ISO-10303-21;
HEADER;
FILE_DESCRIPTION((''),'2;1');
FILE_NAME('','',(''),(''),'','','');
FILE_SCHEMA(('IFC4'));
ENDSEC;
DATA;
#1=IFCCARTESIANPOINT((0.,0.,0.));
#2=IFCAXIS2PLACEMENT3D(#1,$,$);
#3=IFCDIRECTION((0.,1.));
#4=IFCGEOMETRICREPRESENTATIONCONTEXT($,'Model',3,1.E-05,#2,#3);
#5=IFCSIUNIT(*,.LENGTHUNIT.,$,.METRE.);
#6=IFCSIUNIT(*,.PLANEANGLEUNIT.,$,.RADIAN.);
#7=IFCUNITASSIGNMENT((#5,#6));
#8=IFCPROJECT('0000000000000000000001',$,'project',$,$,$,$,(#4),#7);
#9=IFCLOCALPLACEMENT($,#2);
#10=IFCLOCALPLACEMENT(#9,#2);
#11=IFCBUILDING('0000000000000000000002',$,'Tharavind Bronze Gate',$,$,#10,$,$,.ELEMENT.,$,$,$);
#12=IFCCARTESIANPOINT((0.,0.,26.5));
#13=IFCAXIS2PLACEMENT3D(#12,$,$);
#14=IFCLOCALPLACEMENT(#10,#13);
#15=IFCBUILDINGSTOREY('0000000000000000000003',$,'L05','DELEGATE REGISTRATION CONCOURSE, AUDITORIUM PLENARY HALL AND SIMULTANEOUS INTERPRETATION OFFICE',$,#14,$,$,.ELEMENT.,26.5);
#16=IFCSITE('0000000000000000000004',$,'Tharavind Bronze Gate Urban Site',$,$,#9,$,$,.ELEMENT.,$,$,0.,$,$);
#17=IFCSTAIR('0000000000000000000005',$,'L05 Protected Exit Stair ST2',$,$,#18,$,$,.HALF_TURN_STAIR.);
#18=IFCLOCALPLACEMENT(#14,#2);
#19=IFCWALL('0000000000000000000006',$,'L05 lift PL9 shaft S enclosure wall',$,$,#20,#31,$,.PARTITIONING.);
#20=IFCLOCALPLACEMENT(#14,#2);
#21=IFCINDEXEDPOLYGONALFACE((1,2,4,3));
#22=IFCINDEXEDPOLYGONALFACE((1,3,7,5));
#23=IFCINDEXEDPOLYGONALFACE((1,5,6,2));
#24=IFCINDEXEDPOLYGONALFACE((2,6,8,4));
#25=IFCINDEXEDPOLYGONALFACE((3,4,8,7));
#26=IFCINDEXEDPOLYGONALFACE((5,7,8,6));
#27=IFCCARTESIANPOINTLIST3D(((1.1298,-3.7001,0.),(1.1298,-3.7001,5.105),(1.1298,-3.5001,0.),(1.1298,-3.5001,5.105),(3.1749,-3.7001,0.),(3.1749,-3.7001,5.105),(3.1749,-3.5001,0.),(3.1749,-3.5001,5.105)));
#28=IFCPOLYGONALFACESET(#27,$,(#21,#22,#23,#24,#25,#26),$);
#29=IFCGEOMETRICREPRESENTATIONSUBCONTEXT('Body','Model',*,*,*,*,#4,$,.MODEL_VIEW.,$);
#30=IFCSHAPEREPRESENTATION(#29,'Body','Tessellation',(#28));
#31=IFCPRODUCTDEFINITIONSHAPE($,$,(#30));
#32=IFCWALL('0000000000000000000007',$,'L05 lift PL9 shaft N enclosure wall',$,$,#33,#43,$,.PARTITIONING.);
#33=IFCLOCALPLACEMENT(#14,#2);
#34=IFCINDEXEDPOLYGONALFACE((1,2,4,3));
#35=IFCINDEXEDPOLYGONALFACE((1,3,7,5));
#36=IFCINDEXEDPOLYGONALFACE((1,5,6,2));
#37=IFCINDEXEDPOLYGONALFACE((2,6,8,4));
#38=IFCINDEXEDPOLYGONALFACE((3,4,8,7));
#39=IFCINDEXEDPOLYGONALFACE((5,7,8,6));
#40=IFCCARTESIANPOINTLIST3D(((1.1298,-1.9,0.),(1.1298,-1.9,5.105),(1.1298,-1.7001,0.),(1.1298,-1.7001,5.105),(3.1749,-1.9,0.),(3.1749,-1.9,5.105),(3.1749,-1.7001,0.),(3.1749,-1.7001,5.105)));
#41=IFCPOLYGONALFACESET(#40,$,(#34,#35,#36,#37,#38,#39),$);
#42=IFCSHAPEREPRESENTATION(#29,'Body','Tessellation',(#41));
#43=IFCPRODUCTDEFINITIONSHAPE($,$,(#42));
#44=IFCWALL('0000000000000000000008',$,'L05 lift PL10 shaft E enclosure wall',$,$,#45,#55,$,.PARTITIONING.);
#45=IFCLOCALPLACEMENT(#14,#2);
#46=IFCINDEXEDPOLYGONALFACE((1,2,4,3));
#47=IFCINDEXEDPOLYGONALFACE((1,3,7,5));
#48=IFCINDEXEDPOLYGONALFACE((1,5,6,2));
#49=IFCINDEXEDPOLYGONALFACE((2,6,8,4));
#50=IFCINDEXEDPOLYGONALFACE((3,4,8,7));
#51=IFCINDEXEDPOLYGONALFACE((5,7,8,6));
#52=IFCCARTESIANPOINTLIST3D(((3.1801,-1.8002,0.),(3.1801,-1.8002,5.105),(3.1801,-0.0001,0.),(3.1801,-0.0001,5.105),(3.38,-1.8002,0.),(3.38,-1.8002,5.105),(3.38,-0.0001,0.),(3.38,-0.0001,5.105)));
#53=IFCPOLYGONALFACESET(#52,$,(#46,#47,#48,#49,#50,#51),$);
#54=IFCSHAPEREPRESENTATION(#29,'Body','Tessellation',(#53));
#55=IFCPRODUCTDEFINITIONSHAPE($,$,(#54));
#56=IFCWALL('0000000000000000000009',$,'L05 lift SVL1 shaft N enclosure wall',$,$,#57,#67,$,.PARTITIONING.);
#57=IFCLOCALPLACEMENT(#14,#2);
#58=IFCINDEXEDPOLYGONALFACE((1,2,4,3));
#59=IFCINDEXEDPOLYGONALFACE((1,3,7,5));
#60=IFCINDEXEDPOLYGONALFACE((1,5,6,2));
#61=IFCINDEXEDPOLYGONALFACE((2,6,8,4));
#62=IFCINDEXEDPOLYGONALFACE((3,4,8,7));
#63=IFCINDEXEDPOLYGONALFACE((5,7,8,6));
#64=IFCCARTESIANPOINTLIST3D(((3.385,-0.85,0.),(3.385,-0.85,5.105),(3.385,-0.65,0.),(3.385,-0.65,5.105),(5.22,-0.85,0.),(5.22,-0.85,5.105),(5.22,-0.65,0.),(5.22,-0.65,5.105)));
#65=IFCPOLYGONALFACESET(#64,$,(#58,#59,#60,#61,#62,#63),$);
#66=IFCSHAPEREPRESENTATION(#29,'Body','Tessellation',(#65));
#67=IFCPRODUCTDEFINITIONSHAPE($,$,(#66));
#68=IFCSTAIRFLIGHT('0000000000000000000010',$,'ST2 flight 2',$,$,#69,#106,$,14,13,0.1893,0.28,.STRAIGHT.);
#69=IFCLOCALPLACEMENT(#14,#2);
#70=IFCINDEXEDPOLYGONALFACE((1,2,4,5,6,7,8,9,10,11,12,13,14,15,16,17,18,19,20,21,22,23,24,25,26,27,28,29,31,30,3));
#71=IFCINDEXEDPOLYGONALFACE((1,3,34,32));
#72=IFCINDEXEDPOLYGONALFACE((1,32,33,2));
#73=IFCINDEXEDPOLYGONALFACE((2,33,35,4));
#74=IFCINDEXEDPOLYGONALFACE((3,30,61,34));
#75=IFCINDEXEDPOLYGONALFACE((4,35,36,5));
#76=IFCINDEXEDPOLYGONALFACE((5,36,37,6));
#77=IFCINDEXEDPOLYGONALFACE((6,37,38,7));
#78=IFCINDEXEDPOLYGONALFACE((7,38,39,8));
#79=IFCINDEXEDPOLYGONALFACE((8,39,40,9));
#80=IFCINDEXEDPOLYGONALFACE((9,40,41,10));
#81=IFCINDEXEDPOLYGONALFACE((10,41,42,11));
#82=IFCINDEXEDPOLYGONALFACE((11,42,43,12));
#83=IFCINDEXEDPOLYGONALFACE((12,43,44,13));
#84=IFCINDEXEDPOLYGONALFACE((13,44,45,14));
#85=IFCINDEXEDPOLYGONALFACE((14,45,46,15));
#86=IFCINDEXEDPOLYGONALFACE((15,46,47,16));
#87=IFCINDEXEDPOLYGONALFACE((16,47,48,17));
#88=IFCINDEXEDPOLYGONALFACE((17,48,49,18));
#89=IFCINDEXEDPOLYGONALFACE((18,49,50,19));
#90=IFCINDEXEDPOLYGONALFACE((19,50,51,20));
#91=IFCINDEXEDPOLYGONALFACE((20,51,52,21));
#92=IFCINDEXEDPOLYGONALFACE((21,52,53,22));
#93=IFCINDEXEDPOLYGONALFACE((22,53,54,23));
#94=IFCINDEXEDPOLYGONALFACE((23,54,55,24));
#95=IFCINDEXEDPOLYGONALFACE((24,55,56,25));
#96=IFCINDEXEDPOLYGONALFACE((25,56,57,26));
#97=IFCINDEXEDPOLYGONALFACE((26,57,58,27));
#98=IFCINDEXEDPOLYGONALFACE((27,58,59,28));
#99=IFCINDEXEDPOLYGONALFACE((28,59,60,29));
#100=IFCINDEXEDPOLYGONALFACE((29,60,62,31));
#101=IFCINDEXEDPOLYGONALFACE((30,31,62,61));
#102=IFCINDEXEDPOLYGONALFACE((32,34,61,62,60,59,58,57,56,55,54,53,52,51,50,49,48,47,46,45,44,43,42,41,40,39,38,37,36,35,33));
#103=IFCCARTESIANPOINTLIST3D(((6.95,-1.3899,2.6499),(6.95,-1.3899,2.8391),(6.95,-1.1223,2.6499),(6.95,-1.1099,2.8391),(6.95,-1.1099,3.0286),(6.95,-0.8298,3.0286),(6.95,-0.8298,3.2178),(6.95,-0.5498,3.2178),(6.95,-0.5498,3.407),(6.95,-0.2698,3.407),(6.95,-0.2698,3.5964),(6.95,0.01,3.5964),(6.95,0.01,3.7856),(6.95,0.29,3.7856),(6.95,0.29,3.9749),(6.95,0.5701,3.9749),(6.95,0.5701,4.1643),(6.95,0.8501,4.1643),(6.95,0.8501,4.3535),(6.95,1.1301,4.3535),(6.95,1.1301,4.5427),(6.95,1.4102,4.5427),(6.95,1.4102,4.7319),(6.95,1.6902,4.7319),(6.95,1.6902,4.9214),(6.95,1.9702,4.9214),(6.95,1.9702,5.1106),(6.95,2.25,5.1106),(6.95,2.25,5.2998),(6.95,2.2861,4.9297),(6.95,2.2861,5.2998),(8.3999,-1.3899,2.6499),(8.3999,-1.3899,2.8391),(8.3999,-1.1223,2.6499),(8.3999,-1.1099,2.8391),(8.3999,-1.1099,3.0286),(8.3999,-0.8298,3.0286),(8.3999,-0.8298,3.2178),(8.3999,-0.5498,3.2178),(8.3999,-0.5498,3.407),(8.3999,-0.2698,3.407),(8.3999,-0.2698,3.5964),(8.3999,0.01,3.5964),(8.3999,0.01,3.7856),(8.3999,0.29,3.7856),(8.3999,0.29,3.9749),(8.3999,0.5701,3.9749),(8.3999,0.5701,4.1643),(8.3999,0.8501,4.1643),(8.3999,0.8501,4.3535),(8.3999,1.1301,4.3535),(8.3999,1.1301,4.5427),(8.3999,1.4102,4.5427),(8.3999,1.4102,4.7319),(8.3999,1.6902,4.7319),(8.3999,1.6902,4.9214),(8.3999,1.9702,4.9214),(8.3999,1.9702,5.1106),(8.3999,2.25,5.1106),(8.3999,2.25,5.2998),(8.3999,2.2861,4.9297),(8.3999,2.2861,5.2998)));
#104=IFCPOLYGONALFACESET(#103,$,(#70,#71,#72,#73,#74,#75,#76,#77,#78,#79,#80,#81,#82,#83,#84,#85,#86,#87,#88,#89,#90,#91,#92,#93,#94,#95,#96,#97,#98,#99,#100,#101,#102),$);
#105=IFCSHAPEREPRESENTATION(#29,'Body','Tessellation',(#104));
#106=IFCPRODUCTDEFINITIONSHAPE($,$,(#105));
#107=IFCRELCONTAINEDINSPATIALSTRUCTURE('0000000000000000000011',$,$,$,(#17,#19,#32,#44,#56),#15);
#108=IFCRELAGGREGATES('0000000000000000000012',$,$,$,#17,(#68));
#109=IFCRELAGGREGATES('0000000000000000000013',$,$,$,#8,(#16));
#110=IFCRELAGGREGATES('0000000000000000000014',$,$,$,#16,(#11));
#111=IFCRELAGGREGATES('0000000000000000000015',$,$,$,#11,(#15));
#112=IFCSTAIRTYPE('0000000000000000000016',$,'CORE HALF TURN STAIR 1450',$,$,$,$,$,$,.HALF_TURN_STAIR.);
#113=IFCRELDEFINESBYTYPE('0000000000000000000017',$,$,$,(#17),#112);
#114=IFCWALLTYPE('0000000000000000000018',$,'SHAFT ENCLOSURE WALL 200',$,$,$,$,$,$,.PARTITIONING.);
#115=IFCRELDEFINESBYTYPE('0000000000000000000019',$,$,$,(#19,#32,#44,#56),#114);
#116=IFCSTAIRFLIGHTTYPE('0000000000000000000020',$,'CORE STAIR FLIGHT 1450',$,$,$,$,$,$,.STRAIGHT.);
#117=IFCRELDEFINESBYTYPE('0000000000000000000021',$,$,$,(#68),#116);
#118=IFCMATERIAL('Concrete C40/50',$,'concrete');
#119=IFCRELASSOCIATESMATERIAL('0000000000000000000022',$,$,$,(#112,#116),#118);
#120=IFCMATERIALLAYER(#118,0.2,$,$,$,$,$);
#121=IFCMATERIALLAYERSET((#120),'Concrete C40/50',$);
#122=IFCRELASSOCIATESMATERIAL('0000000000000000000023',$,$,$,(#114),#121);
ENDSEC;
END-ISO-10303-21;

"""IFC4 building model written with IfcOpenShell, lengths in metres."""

from ifc_helpers import new_model, si_unit, direction, frame, frame_2d, origin, place, context, subcontext, project, spatial, polyline, rectangle, outline, extrude, material, layer, layer_set, type_object, element, aggregate, save


model = new_model("IFC4")

# Units and contexts
model_context = context("Model", 3, precision=1e-05, world=origin(), true_north=direction((0.0, 1.0)))
body_context = subcontext(model_context, "Body", "Model", "MODEL_VIEW")
ifc_project = project(units=[si_unit("LENGTHUNIT", "METRE"), si_unit("PLANEANGLEUNIT", "RADIAN")], contexts=[model_context])

# Site, building, storey
site_placement = place(None, origin())
site = spatial("IfcSite", under=ifc_project, at=site_placement, Name="Tharavind Bronze Gate Urban Site", CompositionType="ELEMENT", RefElevation=0.0)
building_placement = place(site_placement, origin())
building = spatial("IfcBuilding", under=site, at=building_placement, Name="Tharavind Bronze Gate", CompositionType="ELEMENT")
storey_placement = place(building_placement, frame((0.0, 0.0, 26.5)))
storey = spatial("IfcBuildingStorey", under=building, at=storey_placement, Name="L05", Description="DELEGATE REGISTRATION CONCOURSE, AUDITORIUM PLENARY HALL AND SIMULTANEOUS INTERPRETATION OFFICE", CompositionType="ELEMENT", Elevation=26.5)

# Stair
ifc_material_1 = material(Name="Concrete C40/50", Category="concrete")
stair_type = type_object("IfcStairType", Name="CORE HALF TURN STAIR 1450", PredefinedType="HALF_TURN_STAIR", material=ifc_material_1)
stair_1_placement = place(storey_placement, origin())
stair_1 = element("IfcStair", 1, at=stair_1_placement, inside=storey, type_object=stair_type, Name="L05 Protected Exit Stair ST2", PredefinedType="HALF_TURN_STAIR")

# Walls
ifc_layer_1 = layer(ifc_material_1, 0.2)
ifc_layer_set_1 = layer_set([ifc_layer_1], Name="Concrete C40/50")
wall_type_1 = type_object("IfcWallType", Name="SHAFT ENCLOSURE WALL 200", PredefinedType="PARTITIONING", material=ifc_layer_set_1)
for number, where, z_axis, x_axis, name in (
    (2, (1.1299, -3.6001, 0.0), (0.0, 0.0, 1.0), (1.0, 0.0, 0.0), "L05 lift PL9 shaft S enclosure wall"),
    (3, (1.1299, -1.8, 0.0), (0.0, 0.0, 1.0), (1.0, 0.0, 0.0), "L05 lift PL9 shaft N enclosure wall"),
):
    element("IfcWall", number, at=place(storey_placement, frame(where, z_axis=z_axis, x_axis=x_axis)), inside=storey, type_object=wall_type_1, Name=name, PredefinedType="PARTITIONING", context=body_context, shape_type="SweptSolid", body=[
        extrude(rectangle(XDim=2.0452, YDim=0.2, at=frame_2d((1.0225, 0.0))), origin(), (0.0, 0.0, 1.0), 5.105),
    ])
wall_1_placement = place(storey_placement, frame((3.28, -1.8, 0.0), z_axis=(0.0, 0.0, 1.0), x_axis=(0.0, 1.0, 0.0)))
element("IfcWall", 4, at=wall_1_placement, inside=storey, type_object=wall_type_1, Name="L05 lift PL10 shaft E enclosure wall", PredefinedType="PARTITIONING", context=body_context, shape_type="SweptSolid", body=[
    extrude(rectangle(XDim=1.8, YDim=0.2, at=frame_2d((0.8999, 0.0))), origin(), (0.0, 0.0, 1.0), 5.105),
])
wall_2_placement = place(storey_placement, frame((3.385, -0.75, 0.0), z_axis=(0.0, 0.0, 1.0), x_axis=(1.0, 0.0, 0.0)))
element("IfcWall", 5, at=wall_2_placement, inside=storey, type_object=wall_type_1, Name="L05 lift SVL1 shaft N enclosure wall", PredefinedType="PARTITIONING", context=body_context, shape_type="SweptSolid", body=[
    extrude(rectangle(XDim=1.835, YDim=0.2, at=frame_2d((0.9175, 0.0))), origin(), (0.0, 0.0, 1.0), 5.105),
])

# Stair flight
stair_flight_type = type_object("IfcStairFlightType", Name="CORE STAIR FLIGHT 1450", PredefinedType="STRAIGHT", material=ifc_material_1)
stair_flight_placement = place(storey_placement, frame((7.675, -1.3899, 2.6499), z_axis=(0.0, 0.0, 1.0), x_axis=(0.0, 1.0, 0.0)))
stair_flight = element("IfcStairFlight", 6, at=stair_flight_placement, type_object=stair_flight_type, Name="ST2 flight 2", NumberOfRisers=14, NumberOfTreads=13, PredefinedType="STRAIGHT", RiserHeight=0.1893, TreadLength=0.28, context=body_context, shape_type="SweptSolid", body=[
    extrude(outline(polyline([(0.0, 0.0), (0.0, 0.1892), (0.28, 0.1892), (0.28, 0.3787), (0.5601, 0.3787), (0.5601, 0.5679), (0.8401, 0.5679), (0.8401, 0.7571), (1.1201, 0.7571), (1.1201, 0.9465), (1.3999, 0.9465), (1.3999, 1.1357), (1.6799, 1.1357), (1.6799, 1.325), (1.96, 1.325), (1.96, 1.5144), (2.24, 1.5144), (2.24, 1.7036), (2.52, 1.7036), (2.52, 1.8928), (2.8, 1.8928), (2.8, 2.082), (3.0801, 2.082), (3.0801, 2.2715), (3.3601, 2.2715), (3.3601, 2.4607), (3.6399, 2.4607), (3.6399, 2.6499), (3.676, 2.6499), (3.676, 2.2798), (0.2676, 0.0), (0.0, 0.0)])), frame((0.0, 0.7251, 0.0), z_axis=(0.0, -1.0, 0.0), x_axis=(1.0, 0.0, 0.0)), (0.0, 0.0, 1.0), 1.45),
])
aggregate(stair_1, [stair_flight])

save(model, "model.ifc")
